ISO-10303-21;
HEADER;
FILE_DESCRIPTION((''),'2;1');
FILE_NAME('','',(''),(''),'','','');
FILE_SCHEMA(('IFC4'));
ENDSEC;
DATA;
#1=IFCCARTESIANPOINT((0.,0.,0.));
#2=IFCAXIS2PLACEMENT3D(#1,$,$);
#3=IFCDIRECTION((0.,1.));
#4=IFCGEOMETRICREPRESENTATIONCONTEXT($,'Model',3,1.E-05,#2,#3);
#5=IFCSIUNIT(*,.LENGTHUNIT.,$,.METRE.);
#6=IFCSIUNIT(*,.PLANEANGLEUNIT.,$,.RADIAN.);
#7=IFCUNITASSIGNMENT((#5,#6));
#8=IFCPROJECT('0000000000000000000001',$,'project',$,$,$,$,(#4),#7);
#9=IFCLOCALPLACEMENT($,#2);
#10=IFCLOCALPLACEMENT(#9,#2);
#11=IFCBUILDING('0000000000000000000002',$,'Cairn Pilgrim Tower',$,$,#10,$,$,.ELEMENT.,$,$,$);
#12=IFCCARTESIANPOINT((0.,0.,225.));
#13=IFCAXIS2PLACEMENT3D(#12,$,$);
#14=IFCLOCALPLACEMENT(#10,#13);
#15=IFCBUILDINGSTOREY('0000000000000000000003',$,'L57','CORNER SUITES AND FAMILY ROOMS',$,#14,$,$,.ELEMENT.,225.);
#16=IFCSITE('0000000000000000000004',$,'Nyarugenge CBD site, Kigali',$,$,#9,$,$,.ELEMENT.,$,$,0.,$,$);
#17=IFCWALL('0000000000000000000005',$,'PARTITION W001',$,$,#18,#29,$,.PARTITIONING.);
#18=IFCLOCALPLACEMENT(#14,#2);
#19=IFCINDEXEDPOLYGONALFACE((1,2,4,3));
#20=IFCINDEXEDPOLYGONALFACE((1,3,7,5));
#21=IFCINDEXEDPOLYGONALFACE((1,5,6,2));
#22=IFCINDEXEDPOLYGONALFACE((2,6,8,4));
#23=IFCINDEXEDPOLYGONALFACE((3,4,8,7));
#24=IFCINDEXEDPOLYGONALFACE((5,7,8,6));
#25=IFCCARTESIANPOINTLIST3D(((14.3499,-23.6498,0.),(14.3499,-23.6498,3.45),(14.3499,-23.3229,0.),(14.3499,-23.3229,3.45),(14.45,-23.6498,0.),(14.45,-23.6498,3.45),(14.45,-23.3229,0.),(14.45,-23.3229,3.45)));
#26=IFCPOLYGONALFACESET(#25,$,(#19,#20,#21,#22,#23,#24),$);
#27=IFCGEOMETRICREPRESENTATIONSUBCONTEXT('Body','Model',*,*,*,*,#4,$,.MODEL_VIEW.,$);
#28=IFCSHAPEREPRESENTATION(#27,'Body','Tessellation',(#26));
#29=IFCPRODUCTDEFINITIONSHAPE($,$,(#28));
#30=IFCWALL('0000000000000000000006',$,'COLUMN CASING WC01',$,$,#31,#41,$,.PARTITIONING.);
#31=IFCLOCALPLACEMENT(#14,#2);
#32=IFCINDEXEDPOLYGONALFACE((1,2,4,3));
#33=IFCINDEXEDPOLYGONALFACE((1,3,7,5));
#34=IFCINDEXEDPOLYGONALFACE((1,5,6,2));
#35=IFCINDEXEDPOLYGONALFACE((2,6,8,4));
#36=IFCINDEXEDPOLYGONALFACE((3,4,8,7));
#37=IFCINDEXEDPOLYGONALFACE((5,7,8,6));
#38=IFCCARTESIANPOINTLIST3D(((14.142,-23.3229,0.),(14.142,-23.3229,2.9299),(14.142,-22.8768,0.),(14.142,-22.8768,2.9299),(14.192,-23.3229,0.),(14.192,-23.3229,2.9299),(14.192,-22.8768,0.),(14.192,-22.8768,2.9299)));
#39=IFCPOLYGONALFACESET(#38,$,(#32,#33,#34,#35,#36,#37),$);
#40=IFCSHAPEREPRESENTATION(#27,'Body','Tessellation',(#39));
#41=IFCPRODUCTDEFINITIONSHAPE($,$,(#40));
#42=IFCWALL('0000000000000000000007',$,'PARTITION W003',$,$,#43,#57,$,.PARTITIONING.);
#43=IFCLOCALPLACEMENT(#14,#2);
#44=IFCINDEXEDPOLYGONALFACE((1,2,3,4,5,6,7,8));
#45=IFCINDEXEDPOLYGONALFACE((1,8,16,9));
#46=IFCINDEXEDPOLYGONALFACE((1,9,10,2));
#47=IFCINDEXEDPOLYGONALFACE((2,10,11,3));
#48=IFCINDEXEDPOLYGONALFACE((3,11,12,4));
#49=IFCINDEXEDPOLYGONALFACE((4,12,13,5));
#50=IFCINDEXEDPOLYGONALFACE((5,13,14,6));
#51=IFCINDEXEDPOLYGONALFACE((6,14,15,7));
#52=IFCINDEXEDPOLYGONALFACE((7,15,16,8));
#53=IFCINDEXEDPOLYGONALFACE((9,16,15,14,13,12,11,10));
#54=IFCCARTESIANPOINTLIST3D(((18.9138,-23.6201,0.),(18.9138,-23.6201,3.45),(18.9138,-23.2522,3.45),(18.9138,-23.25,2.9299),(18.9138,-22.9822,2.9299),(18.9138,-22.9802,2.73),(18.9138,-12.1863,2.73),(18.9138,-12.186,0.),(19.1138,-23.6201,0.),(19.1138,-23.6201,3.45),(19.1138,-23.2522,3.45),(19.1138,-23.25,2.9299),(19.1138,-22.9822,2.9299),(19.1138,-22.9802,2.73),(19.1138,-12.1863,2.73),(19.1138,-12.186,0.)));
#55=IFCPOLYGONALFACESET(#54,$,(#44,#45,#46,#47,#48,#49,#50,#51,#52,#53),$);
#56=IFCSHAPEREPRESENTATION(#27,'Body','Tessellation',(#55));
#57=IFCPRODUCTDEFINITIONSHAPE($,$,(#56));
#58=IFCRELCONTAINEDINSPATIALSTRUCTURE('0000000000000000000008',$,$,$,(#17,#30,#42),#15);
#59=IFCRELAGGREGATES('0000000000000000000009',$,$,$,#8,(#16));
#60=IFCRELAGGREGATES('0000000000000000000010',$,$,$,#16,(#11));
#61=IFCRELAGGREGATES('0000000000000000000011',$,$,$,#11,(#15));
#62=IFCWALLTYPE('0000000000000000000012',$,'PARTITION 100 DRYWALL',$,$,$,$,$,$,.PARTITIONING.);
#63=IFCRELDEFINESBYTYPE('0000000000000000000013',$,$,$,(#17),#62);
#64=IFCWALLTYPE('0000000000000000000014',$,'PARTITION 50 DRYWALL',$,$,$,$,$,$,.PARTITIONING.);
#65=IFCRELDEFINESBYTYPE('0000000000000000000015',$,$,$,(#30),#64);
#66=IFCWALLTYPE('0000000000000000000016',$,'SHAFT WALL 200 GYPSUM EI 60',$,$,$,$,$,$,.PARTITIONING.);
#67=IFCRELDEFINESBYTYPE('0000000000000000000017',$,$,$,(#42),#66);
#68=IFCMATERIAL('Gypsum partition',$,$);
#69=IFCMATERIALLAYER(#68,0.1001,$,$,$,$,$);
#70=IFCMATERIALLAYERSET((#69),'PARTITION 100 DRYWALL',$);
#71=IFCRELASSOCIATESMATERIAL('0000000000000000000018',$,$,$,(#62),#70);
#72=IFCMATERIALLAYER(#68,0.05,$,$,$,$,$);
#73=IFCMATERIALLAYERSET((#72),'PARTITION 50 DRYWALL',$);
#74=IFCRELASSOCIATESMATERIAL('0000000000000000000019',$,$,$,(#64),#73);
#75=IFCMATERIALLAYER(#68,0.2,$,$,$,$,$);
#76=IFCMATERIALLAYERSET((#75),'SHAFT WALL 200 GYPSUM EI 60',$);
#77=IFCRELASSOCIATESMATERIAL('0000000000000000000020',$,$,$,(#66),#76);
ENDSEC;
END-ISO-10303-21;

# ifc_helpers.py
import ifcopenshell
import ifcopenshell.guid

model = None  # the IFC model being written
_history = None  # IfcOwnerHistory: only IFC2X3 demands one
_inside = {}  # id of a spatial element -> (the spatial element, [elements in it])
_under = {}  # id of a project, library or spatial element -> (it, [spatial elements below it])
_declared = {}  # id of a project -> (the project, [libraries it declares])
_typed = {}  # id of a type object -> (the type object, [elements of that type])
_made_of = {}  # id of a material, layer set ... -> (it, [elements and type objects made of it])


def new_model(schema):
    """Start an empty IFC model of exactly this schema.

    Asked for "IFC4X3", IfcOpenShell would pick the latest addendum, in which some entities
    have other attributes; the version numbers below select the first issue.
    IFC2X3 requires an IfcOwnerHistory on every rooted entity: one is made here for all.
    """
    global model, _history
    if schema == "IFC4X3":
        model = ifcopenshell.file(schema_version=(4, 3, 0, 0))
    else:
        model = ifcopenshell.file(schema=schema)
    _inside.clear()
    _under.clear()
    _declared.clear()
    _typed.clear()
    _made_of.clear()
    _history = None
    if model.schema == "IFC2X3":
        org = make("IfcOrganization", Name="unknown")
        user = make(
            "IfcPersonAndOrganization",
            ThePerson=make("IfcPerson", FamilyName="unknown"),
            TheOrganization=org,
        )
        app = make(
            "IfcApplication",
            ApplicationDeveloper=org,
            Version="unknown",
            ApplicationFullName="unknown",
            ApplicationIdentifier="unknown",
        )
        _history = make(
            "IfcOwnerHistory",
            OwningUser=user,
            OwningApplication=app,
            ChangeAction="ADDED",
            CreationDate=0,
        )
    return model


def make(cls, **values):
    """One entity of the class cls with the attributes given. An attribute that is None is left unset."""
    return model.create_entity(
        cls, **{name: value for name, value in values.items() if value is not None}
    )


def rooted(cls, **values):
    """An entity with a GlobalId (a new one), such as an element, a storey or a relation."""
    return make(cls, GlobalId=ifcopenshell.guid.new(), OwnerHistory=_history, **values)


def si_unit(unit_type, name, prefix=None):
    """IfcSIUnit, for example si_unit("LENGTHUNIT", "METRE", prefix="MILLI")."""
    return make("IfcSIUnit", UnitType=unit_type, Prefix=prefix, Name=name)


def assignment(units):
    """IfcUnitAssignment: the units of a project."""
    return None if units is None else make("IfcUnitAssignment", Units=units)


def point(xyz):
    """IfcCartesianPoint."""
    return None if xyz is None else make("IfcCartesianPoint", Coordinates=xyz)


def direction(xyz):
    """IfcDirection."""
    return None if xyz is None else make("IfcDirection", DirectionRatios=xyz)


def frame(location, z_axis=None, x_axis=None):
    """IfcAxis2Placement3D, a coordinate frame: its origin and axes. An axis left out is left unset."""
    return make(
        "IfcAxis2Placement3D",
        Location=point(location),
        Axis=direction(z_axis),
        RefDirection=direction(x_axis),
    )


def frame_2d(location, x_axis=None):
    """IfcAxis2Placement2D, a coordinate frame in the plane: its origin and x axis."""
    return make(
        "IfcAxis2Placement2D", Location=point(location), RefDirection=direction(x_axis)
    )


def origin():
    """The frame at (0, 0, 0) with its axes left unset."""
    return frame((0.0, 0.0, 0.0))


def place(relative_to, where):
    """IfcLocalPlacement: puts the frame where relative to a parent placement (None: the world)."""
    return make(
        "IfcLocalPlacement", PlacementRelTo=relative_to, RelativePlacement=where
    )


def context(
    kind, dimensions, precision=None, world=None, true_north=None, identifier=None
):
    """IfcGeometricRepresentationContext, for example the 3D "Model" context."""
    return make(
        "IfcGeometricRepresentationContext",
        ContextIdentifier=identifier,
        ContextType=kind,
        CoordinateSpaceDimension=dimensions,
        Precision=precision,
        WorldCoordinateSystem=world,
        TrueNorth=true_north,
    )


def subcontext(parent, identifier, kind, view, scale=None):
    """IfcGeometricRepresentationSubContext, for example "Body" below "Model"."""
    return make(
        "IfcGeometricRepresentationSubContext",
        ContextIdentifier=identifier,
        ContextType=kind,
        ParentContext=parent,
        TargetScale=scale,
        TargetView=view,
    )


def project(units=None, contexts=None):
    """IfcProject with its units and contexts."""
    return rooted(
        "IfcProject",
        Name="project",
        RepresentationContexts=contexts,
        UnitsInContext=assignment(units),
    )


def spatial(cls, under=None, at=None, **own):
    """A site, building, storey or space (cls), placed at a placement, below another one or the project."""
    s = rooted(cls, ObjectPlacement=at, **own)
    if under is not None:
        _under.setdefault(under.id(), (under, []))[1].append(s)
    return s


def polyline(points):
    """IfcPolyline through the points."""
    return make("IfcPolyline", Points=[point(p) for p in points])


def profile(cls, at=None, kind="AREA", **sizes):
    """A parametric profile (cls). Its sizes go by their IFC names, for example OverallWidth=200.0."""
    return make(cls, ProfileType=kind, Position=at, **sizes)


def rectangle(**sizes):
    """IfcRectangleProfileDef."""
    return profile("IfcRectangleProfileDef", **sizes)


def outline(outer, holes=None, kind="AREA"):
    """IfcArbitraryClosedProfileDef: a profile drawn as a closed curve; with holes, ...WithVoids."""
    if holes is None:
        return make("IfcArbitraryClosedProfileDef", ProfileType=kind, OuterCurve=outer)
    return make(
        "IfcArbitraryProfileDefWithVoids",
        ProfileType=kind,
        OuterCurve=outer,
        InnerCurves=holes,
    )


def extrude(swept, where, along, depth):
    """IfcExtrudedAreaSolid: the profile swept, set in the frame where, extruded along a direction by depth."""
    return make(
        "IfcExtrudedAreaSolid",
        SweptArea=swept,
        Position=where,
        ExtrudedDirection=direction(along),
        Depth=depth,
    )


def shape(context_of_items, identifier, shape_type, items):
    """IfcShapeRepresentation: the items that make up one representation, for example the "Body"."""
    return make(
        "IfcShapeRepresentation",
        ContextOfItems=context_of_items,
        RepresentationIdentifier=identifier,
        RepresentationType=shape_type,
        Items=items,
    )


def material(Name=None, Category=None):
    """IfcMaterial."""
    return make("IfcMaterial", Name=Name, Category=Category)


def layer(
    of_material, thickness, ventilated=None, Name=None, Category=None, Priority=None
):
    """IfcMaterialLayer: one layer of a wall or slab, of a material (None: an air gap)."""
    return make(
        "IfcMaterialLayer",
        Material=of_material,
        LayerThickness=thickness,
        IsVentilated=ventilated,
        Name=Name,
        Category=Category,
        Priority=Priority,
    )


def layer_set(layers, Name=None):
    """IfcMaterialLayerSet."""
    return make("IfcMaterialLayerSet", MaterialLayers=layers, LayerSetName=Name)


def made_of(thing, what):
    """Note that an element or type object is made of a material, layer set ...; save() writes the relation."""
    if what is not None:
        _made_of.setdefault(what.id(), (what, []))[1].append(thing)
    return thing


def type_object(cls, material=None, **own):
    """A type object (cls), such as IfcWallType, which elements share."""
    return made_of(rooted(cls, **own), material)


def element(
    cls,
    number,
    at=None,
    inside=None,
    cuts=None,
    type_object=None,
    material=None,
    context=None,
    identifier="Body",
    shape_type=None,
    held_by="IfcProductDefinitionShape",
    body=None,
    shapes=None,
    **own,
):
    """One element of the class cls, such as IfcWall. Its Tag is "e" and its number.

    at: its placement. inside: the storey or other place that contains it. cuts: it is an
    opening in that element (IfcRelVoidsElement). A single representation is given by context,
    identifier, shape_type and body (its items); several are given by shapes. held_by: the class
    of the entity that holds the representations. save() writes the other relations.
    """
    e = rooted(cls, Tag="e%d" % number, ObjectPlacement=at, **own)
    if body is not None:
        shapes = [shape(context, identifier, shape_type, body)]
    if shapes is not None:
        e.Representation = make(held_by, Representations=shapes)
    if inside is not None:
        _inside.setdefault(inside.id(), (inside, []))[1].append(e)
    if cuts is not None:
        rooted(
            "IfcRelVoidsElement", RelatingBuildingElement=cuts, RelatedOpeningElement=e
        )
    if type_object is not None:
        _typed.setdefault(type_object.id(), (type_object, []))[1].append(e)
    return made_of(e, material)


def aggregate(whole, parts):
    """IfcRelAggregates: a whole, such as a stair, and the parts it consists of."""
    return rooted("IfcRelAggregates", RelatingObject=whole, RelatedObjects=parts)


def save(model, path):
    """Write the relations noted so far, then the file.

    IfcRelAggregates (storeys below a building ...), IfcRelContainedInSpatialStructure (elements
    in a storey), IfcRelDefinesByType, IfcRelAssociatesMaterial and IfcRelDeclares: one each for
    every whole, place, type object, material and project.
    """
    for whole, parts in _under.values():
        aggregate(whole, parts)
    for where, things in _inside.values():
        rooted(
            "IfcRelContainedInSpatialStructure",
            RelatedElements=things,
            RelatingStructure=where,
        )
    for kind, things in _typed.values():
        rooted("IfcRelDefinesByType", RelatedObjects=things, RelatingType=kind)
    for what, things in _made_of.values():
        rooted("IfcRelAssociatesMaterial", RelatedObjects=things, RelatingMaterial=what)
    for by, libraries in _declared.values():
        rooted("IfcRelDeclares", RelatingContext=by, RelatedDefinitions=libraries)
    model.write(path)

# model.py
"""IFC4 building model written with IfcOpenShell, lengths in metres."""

from ifc_helpers import new_model, si_unit, direction, frame, frame_2d, origin, place, context, subcontext, project, spatial, polyline, rectangle, outline, extrude, material, layer, layer_set, type_object, element, save


model = new_model("IFC4")

# Units and contexts
model_context = context("Model", 3, precision=1e-05, world=origin(), true_north=direction((0.0, 1.0)))
body_context = subcontext(model_context, "Body", "Model", "MODEL_VIEW")
ifc_project = project(units=[si_unit("LENGTHUNIT", "METRE"), si_unit("PLANEANGLEUNIT", "RADIAN")], contexts=[model_context])

# Site, building, storey
site_placement = place(None, origin())
site = spatial("IfcSite", under=ifc_project, at=site_placement, Name="Nyarugenge CBD site, Kigali", CompositionType="ELEMENT", RefElevation=0.0)
building_placement = place(site_placement, origin())
building = spatial("IfcBuilding", under=site, at=building_placement, Name="Cairn Pilgrim Tower", CompositionType="ELEMENT")
storey_placement = place(building_placement, frame((0.0, 0.0, 225.0)))
storey = spatial("IfcBuildingStorey", under=building, at=storey_placement, Name="L57", Description="CORNER SUITES AND FAMILY ROOMS", CompositionType="ELEMENT", Elevation=225.0)

# Walls
ifc_material_1 = material(Name="Gypsum partition")
ifc_layer_1 = layer(ifc_material_1, 0.1001)
ifc_layer_set_1 = layer_set([ifc_layer_1], Name="PARTITION 100 DRYWALL")
wall_type_1 = type_object("IfcWallType", Name="PARTITION 100 DRYWALL", PredefinedType="PARTITIONING", material=ifc_layer_set_1)
wall_1_placement = place(storey_placement, frame((14.3999, -23.6499, 0.0), z_axis=(0.0, 0.0, 1.0), x_axis=(0.0, 1.0, 0.0)))
element("IfcWall", 1, at=wall_1_placement, inside=storey, type_object=wall_type_1, Name="PARTITION W001", PredefinedType="PARTITIONING", context=body_context, shape_type="SweptSolid", body=[
    extrude(rectangle(XDim=0.3269, YDim=0.1001, at=frame_2d((0.1636, 0.0))), origin(), (0.0, 0.0, 1.0), 3.45),
])
ifc_layer_2 = layer(ifc_material_1, 0.05)
ifc_layer_set_2 = layer_set([ifc_layer_2], Name="PARTITION 50 DRYWALL")
wall_type_2 = type_object("IfcWallType", Name="PARTITION 50 DRYWALL", PredefinedType="PARTITIONING", material=ifc_layer_set_2)
wall_2_placement = place(storey_placement, frame((14.167, -23.323, 0.0), z_axis=(0.0, 0.0, 1.0), x_axis=(0.0, 1.0, 0.0)))
element("IfcWall", 2, at=wall_2_placement, inside=storey, type_object=wall_type_2, Name="COLUMN CASING WC01", PredefinedType="PARTITIONING", context=body_context, shape_type="SweptSolid", body=[
    extrude(rectangle(XDim=0.446, YDim=0.05, at=frame_2d((0.2231, 0.0))), origin(), (0.0, 0.0, 1.0), 2.9299),
])
ifc_layer_3 = layer(ifc_material_1, 0.2)
ifc_layer_set_3 = layer_set([ifc_layer_3], Name="SHAFT WALL 200 GYPSUM EI 60")
wall_type_3 = type_object("IfcWallType", Name="SHAFT WALL 200 GYPSUM EI 60", PredefinedType="PARTITIONING", material=ifc_layer_set_3)
wall_3_placement = place(storey_placement, frame((19.0139, -23.6201, 0.0), z_axis=(0.0, 0.0, 1.0), x_axis=(0.0, 1.0, 0.0)))
element("IfcWall", 3, at=wall_3_placement, inside=storey, type_object=wall_type_3, Name="PARTITION W003", PredefinedType="PARTITIONING", context=body_context, shape_type="SweptSolid", body=[
    extrude(outline(polyline([(0.0, 0.0), (11.4341, 0.0), (11.4338, 2.73), (0.6399, 2.73), (0.6379, 2.9299), (0.3701, 2.9299), (0.3679, 3.45), (0.0, 3.45), (0.0, 0.0)])), frame((0.0, 0.1001, 0.0), z_axis=(0.0, -1.0, 0.0), x_axis=(1.0, 0.0, 0.0)), (0.0, 0.0, 1.0), 0.2),
])

save(model, "model.ifc")
